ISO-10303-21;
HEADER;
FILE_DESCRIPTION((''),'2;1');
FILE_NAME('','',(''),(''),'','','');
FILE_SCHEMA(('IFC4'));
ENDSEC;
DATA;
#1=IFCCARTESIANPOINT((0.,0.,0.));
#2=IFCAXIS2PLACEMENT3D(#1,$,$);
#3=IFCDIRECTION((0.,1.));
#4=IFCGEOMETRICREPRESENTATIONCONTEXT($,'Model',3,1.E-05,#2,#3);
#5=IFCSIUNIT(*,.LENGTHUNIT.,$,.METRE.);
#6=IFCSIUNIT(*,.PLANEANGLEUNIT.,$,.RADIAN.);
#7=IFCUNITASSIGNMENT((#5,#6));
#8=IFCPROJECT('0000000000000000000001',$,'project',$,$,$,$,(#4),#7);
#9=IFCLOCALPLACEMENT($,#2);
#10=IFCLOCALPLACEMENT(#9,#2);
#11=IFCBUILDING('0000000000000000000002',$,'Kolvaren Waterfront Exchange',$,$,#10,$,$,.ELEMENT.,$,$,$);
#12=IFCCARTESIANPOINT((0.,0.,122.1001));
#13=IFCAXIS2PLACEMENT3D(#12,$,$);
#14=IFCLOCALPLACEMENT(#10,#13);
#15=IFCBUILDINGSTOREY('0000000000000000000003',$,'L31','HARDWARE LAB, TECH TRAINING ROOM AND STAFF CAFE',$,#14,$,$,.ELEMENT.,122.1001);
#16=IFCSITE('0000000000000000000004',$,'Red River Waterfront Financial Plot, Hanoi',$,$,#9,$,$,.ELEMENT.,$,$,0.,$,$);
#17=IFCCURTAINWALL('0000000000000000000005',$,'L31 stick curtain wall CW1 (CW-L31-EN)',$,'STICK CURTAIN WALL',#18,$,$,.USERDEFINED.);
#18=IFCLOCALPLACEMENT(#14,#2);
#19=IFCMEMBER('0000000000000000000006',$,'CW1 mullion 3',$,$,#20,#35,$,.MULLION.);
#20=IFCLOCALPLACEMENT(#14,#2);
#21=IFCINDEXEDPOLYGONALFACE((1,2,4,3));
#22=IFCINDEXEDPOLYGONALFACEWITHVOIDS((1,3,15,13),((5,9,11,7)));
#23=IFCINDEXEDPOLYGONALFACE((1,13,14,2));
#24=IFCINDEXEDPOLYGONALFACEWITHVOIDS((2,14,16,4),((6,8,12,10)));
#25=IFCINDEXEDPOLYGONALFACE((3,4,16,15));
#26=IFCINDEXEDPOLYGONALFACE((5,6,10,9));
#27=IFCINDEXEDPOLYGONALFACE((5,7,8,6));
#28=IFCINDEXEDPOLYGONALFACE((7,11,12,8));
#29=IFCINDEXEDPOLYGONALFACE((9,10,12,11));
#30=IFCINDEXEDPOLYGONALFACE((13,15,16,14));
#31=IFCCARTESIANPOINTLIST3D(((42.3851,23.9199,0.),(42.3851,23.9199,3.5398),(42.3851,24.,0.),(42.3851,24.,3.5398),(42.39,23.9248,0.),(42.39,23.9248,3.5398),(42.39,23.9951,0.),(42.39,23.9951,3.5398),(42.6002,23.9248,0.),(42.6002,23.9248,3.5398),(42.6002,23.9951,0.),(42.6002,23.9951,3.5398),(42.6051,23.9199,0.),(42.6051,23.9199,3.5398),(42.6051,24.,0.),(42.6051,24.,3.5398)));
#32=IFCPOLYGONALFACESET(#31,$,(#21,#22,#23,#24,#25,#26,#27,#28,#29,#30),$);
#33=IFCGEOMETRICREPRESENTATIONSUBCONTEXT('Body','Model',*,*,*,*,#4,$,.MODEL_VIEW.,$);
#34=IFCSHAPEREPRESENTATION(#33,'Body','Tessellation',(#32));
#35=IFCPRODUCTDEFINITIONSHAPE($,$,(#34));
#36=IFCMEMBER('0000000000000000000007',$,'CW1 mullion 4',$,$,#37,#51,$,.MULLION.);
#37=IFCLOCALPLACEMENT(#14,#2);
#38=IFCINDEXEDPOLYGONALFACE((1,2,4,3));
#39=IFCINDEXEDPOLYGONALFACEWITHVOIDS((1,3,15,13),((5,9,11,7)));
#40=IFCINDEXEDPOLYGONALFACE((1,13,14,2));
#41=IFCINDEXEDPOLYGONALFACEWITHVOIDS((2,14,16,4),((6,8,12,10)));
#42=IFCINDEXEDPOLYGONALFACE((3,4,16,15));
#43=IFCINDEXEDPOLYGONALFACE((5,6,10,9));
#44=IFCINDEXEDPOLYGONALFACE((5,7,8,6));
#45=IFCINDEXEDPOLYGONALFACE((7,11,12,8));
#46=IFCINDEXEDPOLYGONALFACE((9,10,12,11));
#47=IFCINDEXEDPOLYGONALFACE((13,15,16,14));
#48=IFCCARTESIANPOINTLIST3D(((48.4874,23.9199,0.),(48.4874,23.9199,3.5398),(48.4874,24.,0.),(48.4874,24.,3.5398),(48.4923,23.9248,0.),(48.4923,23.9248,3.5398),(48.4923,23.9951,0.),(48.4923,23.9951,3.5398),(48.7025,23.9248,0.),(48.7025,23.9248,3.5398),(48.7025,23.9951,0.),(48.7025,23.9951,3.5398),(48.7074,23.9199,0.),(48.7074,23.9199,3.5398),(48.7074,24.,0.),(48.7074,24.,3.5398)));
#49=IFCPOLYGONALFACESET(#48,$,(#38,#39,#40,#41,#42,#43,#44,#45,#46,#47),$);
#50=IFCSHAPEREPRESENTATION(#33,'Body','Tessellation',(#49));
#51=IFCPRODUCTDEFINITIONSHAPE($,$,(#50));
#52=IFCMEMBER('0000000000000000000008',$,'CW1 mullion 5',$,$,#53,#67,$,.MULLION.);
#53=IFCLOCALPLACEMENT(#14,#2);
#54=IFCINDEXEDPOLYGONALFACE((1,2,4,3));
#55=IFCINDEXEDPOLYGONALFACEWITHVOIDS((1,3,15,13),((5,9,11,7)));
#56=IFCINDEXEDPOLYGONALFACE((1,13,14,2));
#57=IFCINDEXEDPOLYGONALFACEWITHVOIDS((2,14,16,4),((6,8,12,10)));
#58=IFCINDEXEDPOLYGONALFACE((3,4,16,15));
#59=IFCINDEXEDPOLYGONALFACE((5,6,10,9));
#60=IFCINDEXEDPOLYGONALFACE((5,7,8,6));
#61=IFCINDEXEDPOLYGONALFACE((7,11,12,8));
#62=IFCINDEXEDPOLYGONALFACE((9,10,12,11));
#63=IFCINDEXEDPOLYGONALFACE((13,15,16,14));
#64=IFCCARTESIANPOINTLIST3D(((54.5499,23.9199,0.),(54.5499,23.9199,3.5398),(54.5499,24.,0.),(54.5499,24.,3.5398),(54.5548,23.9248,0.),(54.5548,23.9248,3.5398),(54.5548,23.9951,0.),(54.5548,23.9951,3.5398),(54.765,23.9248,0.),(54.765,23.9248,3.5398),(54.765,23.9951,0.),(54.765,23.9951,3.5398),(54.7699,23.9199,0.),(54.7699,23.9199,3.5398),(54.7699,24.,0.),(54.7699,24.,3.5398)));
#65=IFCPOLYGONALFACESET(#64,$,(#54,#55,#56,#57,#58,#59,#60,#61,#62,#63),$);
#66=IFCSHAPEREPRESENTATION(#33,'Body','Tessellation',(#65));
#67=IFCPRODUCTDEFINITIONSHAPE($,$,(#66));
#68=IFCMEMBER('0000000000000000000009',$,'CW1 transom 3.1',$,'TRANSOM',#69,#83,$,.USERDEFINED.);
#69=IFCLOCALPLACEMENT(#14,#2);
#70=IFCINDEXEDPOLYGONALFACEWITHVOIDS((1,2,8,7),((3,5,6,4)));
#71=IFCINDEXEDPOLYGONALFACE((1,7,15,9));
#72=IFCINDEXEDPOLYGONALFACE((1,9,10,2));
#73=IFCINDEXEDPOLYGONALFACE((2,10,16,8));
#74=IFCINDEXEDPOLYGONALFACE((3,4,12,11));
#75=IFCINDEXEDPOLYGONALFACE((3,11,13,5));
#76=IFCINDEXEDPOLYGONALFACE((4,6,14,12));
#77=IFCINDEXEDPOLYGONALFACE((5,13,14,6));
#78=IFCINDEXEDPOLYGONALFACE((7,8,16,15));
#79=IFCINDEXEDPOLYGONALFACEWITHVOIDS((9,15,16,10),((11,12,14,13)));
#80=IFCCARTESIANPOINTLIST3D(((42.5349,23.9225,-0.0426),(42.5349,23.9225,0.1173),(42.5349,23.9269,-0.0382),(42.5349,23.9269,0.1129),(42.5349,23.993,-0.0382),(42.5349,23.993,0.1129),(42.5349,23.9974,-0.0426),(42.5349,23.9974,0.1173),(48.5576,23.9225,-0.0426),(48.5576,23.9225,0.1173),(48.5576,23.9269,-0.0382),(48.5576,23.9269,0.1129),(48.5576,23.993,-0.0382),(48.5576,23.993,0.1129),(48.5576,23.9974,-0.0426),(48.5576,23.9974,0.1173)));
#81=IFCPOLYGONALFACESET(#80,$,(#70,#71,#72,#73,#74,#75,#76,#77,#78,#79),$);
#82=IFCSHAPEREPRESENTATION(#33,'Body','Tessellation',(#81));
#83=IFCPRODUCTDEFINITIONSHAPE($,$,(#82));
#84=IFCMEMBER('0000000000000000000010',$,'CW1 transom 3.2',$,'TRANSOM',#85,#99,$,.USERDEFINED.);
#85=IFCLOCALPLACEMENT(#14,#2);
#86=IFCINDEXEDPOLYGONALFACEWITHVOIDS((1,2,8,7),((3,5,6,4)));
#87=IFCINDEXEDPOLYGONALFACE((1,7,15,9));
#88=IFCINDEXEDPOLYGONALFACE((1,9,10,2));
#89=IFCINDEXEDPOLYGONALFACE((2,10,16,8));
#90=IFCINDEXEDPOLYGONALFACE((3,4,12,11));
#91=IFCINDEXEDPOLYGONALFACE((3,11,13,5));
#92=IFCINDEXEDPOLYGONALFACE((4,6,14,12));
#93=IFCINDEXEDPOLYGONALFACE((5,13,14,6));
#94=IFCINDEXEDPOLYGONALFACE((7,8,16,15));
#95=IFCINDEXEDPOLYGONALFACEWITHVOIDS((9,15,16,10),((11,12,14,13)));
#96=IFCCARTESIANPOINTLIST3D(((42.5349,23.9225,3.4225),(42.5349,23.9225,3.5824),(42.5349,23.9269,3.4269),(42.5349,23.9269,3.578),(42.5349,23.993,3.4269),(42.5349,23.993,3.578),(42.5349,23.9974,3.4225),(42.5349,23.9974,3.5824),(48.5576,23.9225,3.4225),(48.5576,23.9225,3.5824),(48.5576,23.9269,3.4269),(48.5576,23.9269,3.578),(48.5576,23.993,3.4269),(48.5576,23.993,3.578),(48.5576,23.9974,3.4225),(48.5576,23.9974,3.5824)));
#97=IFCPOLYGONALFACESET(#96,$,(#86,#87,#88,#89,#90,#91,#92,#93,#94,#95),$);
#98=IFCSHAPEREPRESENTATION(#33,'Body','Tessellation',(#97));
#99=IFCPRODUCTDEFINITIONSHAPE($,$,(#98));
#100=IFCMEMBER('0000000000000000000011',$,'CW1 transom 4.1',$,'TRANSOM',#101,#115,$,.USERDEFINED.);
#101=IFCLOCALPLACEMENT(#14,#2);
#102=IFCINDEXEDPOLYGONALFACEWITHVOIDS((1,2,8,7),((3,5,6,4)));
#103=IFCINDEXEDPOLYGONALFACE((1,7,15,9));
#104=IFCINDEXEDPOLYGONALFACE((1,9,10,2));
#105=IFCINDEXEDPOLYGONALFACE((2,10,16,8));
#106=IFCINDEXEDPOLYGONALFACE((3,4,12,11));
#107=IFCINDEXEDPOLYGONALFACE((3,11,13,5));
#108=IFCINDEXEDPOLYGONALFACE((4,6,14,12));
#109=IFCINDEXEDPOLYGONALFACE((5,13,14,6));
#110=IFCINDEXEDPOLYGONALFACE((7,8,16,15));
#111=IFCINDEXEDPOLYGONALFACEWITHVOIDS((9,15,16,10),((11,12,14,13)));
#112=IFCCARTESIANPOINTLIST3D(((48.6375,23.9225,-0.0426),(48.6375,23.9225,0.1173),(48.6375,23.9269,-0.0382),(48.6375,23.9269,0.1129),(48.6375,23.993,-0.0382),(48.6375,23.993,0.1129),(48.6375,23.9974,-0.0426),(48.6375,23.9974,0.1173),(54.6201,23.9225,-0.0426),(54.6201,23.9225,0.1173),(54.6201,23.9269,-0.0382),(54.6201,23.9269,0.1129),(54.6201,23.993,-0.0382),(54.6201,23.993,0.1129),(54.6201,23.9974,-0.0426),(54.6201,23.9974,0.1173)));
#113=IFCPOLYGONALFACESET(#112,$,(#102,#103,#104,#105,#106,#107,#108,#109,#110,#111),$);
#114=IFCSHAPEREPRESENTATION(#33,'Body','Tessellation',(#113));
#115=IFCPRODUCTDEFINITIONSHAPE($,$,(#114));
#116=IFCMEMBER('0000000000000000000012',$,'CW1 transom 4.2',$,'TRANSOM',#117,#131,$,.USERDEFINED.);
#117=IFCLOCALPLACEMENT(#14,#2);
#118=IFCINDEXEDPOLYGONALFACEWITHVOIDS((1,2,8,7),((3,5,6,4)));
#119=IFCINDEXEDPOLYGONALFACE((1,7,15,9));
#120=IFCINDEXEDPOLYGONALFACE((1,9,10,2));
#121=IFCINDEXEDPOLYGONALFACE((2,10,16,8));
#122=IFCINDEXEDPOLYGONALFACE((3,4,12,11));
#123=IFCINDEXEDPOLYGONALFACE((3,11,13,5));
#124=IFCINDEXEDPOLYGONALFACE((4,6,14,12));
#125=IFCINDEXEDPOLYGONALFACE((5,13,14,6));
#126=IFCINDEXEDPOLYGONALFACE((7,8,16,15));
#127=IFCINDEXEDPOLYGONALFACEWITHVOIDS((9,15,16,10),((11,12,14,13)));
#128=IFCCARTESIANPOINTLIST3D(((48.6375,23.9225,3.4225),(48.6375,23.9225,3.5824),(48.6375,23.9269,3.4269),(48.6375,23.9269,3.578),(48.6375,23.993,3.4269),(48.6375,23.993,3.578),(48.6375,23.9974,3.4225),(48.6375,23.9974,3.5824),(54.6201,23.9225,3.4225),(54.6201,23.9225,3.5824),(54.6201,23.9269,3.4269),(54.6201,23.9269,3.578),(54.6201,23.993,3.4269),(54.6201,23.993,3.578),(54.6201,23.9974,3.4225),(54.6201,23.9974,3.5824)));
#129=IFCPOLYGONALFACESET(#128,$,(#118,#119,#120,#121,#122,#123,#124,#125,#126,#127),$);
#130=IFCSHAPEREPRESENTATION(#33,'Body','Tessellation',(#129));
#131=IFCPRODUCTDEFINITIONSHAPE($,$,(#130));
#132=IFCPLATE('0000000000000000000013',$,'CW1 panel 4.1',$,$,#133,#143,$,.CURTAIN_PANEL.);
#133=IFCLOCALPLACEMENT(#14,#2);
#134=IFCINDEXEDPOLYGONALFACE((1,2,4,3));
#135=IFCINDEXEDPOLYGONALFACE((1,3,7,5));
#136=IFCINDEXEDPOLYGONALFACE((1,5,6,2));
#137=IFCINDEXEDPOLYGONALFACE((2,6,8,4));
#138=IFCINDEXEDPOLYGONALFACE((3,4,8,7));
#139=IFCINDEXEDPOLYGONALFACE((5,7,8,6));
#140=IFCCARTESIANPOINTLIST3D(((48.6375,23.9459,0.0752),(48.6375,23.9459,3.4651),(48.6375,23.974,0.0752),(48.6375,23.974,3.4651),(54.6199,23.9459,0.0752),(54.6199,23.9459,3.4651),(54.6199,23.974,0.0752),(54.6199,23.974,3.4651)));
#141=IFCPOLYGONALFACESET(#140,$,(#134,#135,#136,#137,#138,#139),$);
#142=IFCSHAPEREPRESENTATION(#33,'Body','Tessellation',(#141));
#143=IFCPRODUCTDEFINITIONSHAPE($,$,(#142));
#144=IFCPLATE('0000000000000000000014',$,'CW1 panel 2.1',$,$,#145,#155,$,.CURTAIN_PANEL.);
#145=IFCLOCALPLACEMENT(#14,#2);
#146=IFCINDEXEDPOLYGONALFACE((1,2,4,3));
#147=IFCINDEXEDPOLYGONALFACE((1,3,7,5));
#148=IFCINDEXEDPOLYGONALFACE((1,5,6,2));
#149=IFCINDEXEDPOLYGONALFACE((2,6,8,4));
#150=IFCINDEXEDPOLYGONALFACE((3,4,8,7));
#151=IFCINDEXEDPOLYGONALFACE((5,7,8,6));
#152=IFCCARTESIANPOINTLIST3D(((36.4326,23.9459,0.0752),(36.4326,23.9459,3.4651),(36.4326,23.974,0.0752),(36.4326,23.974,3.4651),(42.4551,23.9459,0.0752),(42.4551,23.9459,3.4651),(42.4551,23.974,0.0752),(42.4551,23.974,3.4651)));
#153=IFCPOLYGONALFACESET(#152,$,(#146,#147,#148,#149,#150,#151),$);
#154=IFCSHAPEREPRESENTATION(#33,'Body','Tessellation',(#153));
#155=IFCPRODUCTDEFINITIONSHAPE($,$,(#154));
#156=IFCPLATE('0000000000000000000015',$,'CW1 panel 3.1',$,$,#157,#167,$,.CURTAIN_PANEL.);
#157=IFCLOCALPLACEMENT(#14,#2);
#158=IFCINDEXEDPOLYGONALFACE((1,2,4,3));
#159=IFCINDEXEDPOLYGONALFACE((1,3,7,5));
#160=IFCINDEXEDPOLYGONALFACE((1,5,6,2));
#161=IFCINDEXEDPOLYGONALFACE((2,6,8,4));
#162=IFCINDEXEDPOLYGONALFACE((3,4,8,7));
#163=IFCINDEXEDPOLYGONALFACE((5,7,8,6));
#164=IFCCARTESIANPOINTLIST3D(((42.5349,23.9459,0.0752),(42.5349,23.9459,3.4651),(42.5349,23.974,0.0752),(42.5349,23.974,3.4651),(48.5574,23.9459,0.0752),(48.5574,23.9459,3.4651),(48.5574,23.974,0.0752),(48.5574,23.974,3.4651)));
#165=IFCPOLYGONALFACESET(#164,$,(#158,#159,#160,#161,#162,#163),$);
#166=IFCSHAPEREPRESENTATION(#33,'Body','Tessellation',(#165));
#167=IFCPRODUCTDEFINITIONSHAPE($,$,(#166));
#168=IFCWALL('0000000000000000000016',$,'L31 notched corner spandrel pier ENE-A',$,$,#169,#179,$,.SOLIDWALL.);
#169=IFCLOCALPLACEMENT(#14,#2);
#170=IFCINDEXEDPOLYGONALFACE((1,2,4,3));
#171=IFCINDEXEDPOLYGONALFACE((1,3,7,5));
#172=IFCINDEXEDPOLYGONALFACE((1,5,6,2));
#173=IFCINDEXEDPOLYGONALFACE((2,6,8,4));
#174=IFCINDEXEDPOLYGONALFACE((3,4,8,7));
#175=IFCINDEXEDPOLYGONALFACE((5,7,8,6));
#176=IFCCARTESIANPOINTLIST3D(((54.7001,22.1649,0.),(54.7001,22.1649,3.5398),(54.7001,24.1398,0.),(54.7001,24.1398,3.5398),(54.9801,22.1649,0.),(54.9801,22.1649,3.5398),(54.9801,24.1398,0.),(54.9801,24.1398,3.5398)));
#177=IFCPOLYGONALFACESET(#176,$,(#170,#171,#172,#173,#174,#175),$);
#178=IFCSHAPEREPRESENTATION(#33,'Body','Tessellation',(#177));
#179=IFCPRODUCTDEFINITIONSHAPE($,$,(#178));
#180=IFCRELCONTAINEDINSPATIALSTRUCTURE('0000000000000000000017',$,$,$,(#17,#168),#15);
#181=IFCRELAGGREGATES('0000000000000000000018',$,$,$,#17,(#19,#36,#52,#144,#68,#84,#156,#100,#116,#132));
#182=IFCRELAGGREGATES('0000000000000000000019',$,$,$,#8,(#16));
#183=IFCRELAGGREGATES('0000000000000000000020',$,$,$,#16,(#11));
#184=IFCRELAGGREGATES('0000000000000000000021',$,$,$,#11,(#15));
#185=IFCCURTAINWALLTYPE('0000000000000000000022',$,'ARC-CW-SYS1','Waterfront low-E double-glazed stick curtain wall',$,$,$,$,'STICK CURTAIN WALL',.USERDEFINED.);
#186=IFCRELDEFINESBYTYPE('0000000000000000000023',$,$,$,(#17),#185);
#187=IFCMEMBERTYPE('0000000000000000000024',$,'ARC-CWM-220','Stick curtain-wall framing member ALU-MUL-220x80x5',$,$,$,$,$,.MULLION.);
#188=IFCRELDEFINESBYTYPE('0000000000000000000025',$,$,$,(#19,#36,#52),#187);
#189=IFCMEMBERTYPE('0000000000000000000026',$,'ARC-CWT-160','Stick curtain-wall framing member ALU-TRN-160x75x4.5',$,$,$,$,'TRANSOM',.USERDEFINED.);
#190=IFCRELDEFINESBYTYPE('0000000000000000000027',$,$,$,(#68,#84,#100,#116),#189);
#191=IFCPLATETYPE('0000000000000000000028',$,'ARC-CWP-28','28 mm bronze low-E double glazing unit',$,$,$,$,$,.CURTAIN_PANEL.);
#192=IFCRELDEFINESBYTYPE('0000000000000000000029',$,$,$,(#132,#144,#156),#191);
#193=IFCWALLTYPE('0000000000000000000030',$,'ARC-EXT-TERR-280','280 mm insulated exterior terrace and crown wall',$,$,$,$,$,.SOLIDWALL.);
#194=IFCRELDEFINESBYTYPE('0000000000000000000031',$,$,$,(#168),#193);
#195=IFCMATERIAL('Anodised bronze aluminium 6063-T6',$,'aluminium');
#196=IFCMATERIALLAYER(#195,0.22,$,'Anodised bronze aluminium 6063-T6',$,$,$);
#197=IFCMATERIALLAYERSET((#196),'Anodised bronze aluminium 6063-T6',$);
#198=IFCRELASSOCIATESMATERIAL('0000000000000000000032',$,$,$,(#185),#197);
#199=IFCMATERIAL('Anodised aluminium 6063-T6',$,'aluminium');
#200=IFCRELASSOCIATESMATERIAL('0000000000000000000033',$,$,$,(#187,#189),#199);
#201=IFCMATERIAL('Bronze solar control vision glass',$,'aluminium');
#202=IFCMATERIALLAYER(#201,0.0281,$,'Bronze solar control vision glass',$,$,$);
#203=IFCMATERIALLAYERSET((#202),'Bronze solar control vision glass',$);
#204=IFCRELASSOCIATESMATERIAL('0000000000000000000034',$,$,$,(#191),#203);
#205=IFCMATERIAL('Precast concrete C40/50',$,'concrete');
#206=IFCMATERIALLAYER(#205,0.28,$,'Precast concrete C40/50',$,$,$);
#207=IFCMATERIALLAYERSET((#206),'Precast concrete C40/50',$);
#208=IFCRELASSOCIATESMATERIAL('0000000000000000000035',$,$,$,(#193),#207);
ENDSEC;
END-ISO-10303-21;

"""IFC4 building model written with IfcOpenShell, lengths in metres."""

from ifc_helpers import new_model, si_unit, direction, frame, frame_2d, origin, origin_with_axes, origin_2d, place, context, subcontext, project, spatial, rectangle, hollow_rectangle, extrude, source, transform, mapped, material, layer, layer_set, material_profile, profile_set, type_object, element, aggregate, save


model = new_model("IFC4")

# Units and contexts
model_context = context("Model", 3, precision=1e-05, world=origin(), true_north=direction((0.0, 1.0)))
body_context = subcontext(model_context, "Body", "Model", "MODEL_VIEW")
ifc_project = project(units=[si_unit("LENGTHUNIT", "METRE"), si_unit("PLANEANGLEUNIT", "RADIAN")], contexts=[model_context])

# Site, building, storey
site_placement = place(None, origin())
site = spatial("IfcSite", under=ifc_project, at=site_placement, Name="Red River Waterfront Financial Plot, Hanoi", CompositionType="ELEMENT", RefElevation=0.0)
building_placement = place(site_placement, origin())
building = spatial("IfcBuilding", under=site, at=building_placement, Name="Kolvaren Waterfront Exchange", CompositionType="ELEMENT")
storey_placement = place(building_placement, frame((0.0, 0.0, 122.1001)))
storey = spatial("IfcBuildingStorey", under=building, at=storey_placement, Name="L31", Description="HARDWARE LAB, TECH TRAINING ROOM AND STAFF CAFE", CompositionType="ELEMENT", Elevation=122.1001)

# Curtain wall, members, plates
ifc_material_1 = material(Name="Anodised bronze aluminium 6063-T6", Category="aluminium")
ifc_layer_1 = layer(ifc_material_1, 0.22, Name="Anodised bronze aluminium 6063-T6")
ifc_layer_set_1 = layer_set([ifc_layer_1], Name="Anodised bronze aluminium 6063-T6")
curtain_wall_type = type_object("IfcCurtainWallType", Name="ARC-CW-SYS1", Description="Waterfront low-E double-glazed stick curtain wall", ElementType="STICK CURTAIN WALL", PredefinedType="USERDEFINED", material=ifc_layer_set_1)
curtain_wall_placement = place(storey_placement, origin())
curtain_wall = element("IfcCurtainWall", 1, at=curtain_wall_placement, inside=storey, type_object=curtain_wall_type, Name="L31 stick curtain wall CW1 (CW-L31-EN)", ObjectType="STICK CURTAIN WALL", PredefinedType="USERDEFINED")
ifc_material_2 = material(Name="Anodised aluminium 6063-T6", Category="aluminium")
ifc_material_profile_1 = material_profile(ifc_material_2, hollow_rectangle(XDim=0.0801, YDim=0.22, WallThickness=0.0049, at=origin_2d()), Name="ALU-MUL-220x80x5")
ifc_profile_set_1 = profile_set([ifc_material_profile_1], Name="Anodised aluminium 6063-T6")
member_type_1 = type_object("IfcMemberType", Name="ARC-CWM-220", Description="Stick curtain-wall framing member ALU-MUL-220x80x5", PredefinedType="MULLION", material=ifc_profile_set_1)
shared_shape_1 = source(origin_with_axes(), body_context, "Body", "SweptSolid", [
    extrude(hollow_rectangle(XDim=0.0801, YDim=0.22, WallThickness=0.0049, at=origin_2d()), origin(), (0.0, 0.0, 1.0), 3.5398),
])
member_1_placement = place(storey_placement, frame((42.4951, 23.96, 0.0), z_axis=(0.0, 0.0, 1.0), x_axis=(0.0, 1.0, 0.0)))
member_1 = element("IfcMember", 2, at=member_1_placement, type_object=member_type_1, Name="CW1 mullion 3", PredefinedType="MULLION", context=body_context, shape_type="MappedRepresentation", body=[
    mapped(shared_shape_1, transform((0.0, 0.0, 0.0), x_axis=(1.0, 0.0, 0.0), y_axis=(0.0, 1.0, 0.0), z_axis=(0.0, 0.0, 1.0), scale=1.0)),
])
member_2_placement = place(storey_placement, frame((48.5974, 23.96, 0.0), z_axis=(0.0, 0.0, 1.0), x_axis=(0.0, 1.0, 0.0)))
member_2 = element("IfcMember", 3, at=member_2_placement, type_object=member_type_1, Name="CW1 mullion 4", PredefinedType="MULLION", context=body_context, shape_type="MappedRepresentation", body=[
    mapped(shared_shape_1, transform((0.0, 0.0, 0.0), x_axis=(1.0, 0.0, 0.0), y_axis=(0.0, 1.0, 0.0), z_axis=(0.0, 0.0, 1.0), scale=1.0)),
])
member_3_placement = place(storey_placement, frame((54.6599, 23.96, 0.0), z_axis=(0.0, 0.0, 1.0), x_axis=(0.0, 1.0, 0.0)))
member_3 = element("IfcMember", 4, at=member_3_placement, type_object=member_type_1, Name="CW1 mullion 5", PredefinedType="MULLION", context=body_context, shape_type="MappedRepresentation", body=[
    mapped(shared_shape_1, transform((0.0, 0.0, 0.0), x_axis=(1.0, 0.0, 0.0), y_axis=(0.0, 1.0, 0.0), z_axis=(0.0, 0.0, 1.0), scale=1.0)),
])
ifc_material_profile_2 = material_profile(ifc_material_2, hollow_rectangle(XDim=0.075, YDim=0.1599, WallThickness=0.0044, at=origin_2d()), Name="ALU-TRN-160x75x4.5")
ifc_profile_set_2 = profile_set([ifc_material_profile_2], Name="Anodised aluminium 6063-T6")
member_type_2 = type_object("IfcMemberType", Name="ARC-CWT-160", Description="Stick curtain-wall framing member ALU-TRN-160x75x4.5", ElementType="TRANSOM", PredefinedType="USERDEFINED", material=ifc_profile_set_2)
shared_shape_2 = source(origin_with_axes(), body_context, "Body", "SweptSolid", [
    extrude(hollow_rectangle(XDim=0.075, YDim=0.1599, WallThickness=0.0044, at=origin_2d()), origin(), (0.0, 0.0, 1.0), 6.0227),
])
member_4_placement = place(storey_placement, frame((42.5349, 23.96, 0.0374), z_axis=(1.0, 0.0, 0.0), x_axis=(0.0, 1.0, 0.0)))
member_4 = element("IfcMember", 5, at=member_4_placement, type_object=member_type_2, Name="CW1 transom 3.1", ObjectType="TRANSOM", PredefinedType="USERDEFINED", context=body_context, shape_type="MappedRepresentation", body=[
    mapped(shared_shape_2, transform((0.0, 0.0, 0.0), x_axis=(1.0, 0.0, 0.0), y_axis=(0.0, 1.0, 0.0), z_axis=(0.0, 0.0, 1.0), scale=1.0)),
])
member_5_placement = place(storey_placement, frame((42.5349, 23.96, 3.5024), z_axis=(1.0, 0.0, 0.0), x_axis=(0.0, 1.0, 0.0)))
member_5 = element("IfcMember", 6, at=member_5_placement, type_object=member_type_2, Name="CW1 transom 3.2", ObjectType="TRANSOM", PredefinedType="USERDEFINED", context=body_context, shape_type="MappedRepresentation", body=[
    mapped(shared_shape_2, transform((0.0, 0.0, 0.0), x_axis=(1.0, 0.0, 0.0), y_axis=(0.0, 1.0, 0.0), z_axis=(0.0, 0.0, 1.0), scale=1.0)),
])
shared_shape_3 = source(origin_with_axes(), body_context, "Body", "SweptSolid", [
    extrude(hollow_rectangle(XDim=0.075, YDim=0.1599, WallThickness=0.0044, at=origin_2d()), origin(), (0.0, 0.0, 1.0), 5.9827),
])
member_6_placement = place(storey_placement, frame((48.6375, 23.96, 0.0374), z_axis=(1.0, 0.0, 0.0), x_axis=(0.0, 1.0, 0.0)))
member_6 = element("IfcMember", 7, at=member_6_placement, type_object=member_type_2, Name="CW1 transom 4.1", ObjectType="TRANSOM", PredefinedType="USERDEFINED", context=body_context, shape_type="MappedRepresentation", body=[
    mapped(shared_shape_3, transform((0.0, 0.0, 0.0), x_axis=(1.0, 0.0, 0.0), y_axis=(0.0, 1.0, 0.0), z_axis=(0.0, 0.0, 1.0), scale=1.0)),
])
member_7_placement = place(storey_placement, frame((48.6375, 23.96, 3.5024), z_axis=(1.0, 0.0, 0.0), x_axis=(0.0, 1.0, 0.0)))
member_7 = element("IfcMember", 8, at=member_7_placement, type_object=member_type_2, Name="CW1 transom 4.2", ObjectType="TRANSOM", PredefinedType="USERDEFINED", context=body_context, shape_type="MappedRepresentation", body=[
    mapped(shared_shape_3, transform((0.0, 0.0, 0.0), x_axis=(1.0, 0.0, 0.0), y_axis=(0.0, 1.0, 0.0), z_axis=(0.0, 0.0, 1.0), scale=1.0)),
])
ifc_material_3 = material(Name="Bronze solar control vision glass", Category="aluminium")
ifc_layer_2 = layer(ifc_material_3, 0.0281, Name="Bronze solar control vision glass")
ifc_layer_set_2 = layer_set([ifc_layer_2], Name="Bronze solar control vision glass")
plate_type = type_object("IfcPlateType", Name="ARC-CWP-28", Description="28 mm bronze low-E double glazing unit", PredefinedType="CURTAIN_PANEL", material=ifc_layer_set_2)
shared_shape_4 = source(origin_with_axes(), body_context, "Body", "SweptSolid", [
    extrude(rectangle(XDim=5.9824, YDim=0.0281, at=origin_2d()), origin(), (0.0, 0.0, 1.0), 3.3899),
])
plate_1_placement = place(storey_placement, frame((51.6287, 23.96, 0.0752), z_axis=(0.0, 0.0, 1.0), x_axis=(1.0, 0.0, 0.0)))
plate_1 = element("IfcPlate", 9, at=plate_1_placement, type_object=plate_type, Name="CW1 panel 4.1", PredefinedType="CURTAIN_PANEL", context=body_context, shape_type="MappedRepresentation", body=[
    mapped(shared_shape_4, transform((0.0, 0.0, 0.0), x_axis=(1.0, 0.0, 0.0), y_axis=(0.0, 1.0, 0.0), z_axis=(0.0, 0.0, 1.0), scale=1.0)),
])
shared_shape_5 = source(origin_with_axes(), body_context, "Body", "SweptSolid", [
    extrude(rectangle(XDim=6.0225, YDim=0.0281, at=origin_2d()), origin(), (0.0, 0.0, 1.0), 3.3899),
])
plate_2_placement = place(storey_placement, frame((39.4438, 23.96, 0.0752), z_axis=(0.0, 0.0, 1.0), x_axis=(1.0, 0.0, 0.0)))
plate_2 = element("IfcPlate", 10, at=plate_2_placement, type_object=plate_type, Name="CW1 panel 2.1", PredefinedType="CURTAIN_PANEL", context=body_context, shape_type="MappedRepresentation", body=[
    mapped(shared_shape_5, transform((0.0, 0.0, 0.0), x_axis=(1.0, 0.0, 0.0), y_axis=(0.0, 1.0, 0.0), z_axis=(0.0, 0.0, 1.0), scale=1.0)),
])
plate_3_placement = place(storey_placement, frame((45.5461, 23.96, 0.0752), z_axis=(0.0, 0.0, 1.0), x_axis=(1.0, 0.0, 0.0)))
plate_3 = element("IfcPlate", 11, at=plate_3_placement, type_object=plate_type, Name="CW1 panel 3.1", PredefinedType="CURTAIN_PANEL", context=body_context, shape_type="MappedRepresentation", body=[
    mapped(shared_shape_5, transform((0.0, 0.0, 0.0), x_axis=(1.0, 0.0, 0.0), y_axis=(0.0, 1.0, 0.0), z_axis=(0.0, 0.0, 1.0), scale=1.0)),
])
aggregate(curtain_wall, [member_1, member_2, member_3, plate_2, member_4, member_5, plate_3, member_6, member_7, plate_1])

# Wall
ifc_material_4 = material(Name="Precast concrete C40/50", Category="concrete")
ifc_layer_3 = layer(ifc_material_4, 0.28, Name="Precast concrete C40/50")
ifc_layer_set_3 = layer_set([ifc_layer_3], Name="Precast concrete C40/50")
wall_type_1 = type_object("IfcWallType", Name="ARC-EXT-TERR-280", Description="280 mm insulated exterior terrace and crown wall", PredefinedType="SOLIDWALL", material=ifc_layer_set_3)
wall_1_placement = place(storey_placement, frame((54.8401, 22.165, 0.0), z_axis=(0.0, 0.0, 1.0), x_axis=(0.0, 1.0, 0.0)))
element("IfcWall", 12, at=wall_1_placement, inside=storey, type_object=wall_type_1, Name="L31 notched corner spandrel pier ENE-A", PredefinedType="SOLIDWALL", context=body_context, shape_type="SweptSolid", body=[
    extrude(rectangle(XDim=1.9749, YDim=0.28, at=frame_2d((0.9873, 0.0))), origin(), (0.0, 0.0, 1.0), 3.5398),
])

save(model, "model.ifc")
